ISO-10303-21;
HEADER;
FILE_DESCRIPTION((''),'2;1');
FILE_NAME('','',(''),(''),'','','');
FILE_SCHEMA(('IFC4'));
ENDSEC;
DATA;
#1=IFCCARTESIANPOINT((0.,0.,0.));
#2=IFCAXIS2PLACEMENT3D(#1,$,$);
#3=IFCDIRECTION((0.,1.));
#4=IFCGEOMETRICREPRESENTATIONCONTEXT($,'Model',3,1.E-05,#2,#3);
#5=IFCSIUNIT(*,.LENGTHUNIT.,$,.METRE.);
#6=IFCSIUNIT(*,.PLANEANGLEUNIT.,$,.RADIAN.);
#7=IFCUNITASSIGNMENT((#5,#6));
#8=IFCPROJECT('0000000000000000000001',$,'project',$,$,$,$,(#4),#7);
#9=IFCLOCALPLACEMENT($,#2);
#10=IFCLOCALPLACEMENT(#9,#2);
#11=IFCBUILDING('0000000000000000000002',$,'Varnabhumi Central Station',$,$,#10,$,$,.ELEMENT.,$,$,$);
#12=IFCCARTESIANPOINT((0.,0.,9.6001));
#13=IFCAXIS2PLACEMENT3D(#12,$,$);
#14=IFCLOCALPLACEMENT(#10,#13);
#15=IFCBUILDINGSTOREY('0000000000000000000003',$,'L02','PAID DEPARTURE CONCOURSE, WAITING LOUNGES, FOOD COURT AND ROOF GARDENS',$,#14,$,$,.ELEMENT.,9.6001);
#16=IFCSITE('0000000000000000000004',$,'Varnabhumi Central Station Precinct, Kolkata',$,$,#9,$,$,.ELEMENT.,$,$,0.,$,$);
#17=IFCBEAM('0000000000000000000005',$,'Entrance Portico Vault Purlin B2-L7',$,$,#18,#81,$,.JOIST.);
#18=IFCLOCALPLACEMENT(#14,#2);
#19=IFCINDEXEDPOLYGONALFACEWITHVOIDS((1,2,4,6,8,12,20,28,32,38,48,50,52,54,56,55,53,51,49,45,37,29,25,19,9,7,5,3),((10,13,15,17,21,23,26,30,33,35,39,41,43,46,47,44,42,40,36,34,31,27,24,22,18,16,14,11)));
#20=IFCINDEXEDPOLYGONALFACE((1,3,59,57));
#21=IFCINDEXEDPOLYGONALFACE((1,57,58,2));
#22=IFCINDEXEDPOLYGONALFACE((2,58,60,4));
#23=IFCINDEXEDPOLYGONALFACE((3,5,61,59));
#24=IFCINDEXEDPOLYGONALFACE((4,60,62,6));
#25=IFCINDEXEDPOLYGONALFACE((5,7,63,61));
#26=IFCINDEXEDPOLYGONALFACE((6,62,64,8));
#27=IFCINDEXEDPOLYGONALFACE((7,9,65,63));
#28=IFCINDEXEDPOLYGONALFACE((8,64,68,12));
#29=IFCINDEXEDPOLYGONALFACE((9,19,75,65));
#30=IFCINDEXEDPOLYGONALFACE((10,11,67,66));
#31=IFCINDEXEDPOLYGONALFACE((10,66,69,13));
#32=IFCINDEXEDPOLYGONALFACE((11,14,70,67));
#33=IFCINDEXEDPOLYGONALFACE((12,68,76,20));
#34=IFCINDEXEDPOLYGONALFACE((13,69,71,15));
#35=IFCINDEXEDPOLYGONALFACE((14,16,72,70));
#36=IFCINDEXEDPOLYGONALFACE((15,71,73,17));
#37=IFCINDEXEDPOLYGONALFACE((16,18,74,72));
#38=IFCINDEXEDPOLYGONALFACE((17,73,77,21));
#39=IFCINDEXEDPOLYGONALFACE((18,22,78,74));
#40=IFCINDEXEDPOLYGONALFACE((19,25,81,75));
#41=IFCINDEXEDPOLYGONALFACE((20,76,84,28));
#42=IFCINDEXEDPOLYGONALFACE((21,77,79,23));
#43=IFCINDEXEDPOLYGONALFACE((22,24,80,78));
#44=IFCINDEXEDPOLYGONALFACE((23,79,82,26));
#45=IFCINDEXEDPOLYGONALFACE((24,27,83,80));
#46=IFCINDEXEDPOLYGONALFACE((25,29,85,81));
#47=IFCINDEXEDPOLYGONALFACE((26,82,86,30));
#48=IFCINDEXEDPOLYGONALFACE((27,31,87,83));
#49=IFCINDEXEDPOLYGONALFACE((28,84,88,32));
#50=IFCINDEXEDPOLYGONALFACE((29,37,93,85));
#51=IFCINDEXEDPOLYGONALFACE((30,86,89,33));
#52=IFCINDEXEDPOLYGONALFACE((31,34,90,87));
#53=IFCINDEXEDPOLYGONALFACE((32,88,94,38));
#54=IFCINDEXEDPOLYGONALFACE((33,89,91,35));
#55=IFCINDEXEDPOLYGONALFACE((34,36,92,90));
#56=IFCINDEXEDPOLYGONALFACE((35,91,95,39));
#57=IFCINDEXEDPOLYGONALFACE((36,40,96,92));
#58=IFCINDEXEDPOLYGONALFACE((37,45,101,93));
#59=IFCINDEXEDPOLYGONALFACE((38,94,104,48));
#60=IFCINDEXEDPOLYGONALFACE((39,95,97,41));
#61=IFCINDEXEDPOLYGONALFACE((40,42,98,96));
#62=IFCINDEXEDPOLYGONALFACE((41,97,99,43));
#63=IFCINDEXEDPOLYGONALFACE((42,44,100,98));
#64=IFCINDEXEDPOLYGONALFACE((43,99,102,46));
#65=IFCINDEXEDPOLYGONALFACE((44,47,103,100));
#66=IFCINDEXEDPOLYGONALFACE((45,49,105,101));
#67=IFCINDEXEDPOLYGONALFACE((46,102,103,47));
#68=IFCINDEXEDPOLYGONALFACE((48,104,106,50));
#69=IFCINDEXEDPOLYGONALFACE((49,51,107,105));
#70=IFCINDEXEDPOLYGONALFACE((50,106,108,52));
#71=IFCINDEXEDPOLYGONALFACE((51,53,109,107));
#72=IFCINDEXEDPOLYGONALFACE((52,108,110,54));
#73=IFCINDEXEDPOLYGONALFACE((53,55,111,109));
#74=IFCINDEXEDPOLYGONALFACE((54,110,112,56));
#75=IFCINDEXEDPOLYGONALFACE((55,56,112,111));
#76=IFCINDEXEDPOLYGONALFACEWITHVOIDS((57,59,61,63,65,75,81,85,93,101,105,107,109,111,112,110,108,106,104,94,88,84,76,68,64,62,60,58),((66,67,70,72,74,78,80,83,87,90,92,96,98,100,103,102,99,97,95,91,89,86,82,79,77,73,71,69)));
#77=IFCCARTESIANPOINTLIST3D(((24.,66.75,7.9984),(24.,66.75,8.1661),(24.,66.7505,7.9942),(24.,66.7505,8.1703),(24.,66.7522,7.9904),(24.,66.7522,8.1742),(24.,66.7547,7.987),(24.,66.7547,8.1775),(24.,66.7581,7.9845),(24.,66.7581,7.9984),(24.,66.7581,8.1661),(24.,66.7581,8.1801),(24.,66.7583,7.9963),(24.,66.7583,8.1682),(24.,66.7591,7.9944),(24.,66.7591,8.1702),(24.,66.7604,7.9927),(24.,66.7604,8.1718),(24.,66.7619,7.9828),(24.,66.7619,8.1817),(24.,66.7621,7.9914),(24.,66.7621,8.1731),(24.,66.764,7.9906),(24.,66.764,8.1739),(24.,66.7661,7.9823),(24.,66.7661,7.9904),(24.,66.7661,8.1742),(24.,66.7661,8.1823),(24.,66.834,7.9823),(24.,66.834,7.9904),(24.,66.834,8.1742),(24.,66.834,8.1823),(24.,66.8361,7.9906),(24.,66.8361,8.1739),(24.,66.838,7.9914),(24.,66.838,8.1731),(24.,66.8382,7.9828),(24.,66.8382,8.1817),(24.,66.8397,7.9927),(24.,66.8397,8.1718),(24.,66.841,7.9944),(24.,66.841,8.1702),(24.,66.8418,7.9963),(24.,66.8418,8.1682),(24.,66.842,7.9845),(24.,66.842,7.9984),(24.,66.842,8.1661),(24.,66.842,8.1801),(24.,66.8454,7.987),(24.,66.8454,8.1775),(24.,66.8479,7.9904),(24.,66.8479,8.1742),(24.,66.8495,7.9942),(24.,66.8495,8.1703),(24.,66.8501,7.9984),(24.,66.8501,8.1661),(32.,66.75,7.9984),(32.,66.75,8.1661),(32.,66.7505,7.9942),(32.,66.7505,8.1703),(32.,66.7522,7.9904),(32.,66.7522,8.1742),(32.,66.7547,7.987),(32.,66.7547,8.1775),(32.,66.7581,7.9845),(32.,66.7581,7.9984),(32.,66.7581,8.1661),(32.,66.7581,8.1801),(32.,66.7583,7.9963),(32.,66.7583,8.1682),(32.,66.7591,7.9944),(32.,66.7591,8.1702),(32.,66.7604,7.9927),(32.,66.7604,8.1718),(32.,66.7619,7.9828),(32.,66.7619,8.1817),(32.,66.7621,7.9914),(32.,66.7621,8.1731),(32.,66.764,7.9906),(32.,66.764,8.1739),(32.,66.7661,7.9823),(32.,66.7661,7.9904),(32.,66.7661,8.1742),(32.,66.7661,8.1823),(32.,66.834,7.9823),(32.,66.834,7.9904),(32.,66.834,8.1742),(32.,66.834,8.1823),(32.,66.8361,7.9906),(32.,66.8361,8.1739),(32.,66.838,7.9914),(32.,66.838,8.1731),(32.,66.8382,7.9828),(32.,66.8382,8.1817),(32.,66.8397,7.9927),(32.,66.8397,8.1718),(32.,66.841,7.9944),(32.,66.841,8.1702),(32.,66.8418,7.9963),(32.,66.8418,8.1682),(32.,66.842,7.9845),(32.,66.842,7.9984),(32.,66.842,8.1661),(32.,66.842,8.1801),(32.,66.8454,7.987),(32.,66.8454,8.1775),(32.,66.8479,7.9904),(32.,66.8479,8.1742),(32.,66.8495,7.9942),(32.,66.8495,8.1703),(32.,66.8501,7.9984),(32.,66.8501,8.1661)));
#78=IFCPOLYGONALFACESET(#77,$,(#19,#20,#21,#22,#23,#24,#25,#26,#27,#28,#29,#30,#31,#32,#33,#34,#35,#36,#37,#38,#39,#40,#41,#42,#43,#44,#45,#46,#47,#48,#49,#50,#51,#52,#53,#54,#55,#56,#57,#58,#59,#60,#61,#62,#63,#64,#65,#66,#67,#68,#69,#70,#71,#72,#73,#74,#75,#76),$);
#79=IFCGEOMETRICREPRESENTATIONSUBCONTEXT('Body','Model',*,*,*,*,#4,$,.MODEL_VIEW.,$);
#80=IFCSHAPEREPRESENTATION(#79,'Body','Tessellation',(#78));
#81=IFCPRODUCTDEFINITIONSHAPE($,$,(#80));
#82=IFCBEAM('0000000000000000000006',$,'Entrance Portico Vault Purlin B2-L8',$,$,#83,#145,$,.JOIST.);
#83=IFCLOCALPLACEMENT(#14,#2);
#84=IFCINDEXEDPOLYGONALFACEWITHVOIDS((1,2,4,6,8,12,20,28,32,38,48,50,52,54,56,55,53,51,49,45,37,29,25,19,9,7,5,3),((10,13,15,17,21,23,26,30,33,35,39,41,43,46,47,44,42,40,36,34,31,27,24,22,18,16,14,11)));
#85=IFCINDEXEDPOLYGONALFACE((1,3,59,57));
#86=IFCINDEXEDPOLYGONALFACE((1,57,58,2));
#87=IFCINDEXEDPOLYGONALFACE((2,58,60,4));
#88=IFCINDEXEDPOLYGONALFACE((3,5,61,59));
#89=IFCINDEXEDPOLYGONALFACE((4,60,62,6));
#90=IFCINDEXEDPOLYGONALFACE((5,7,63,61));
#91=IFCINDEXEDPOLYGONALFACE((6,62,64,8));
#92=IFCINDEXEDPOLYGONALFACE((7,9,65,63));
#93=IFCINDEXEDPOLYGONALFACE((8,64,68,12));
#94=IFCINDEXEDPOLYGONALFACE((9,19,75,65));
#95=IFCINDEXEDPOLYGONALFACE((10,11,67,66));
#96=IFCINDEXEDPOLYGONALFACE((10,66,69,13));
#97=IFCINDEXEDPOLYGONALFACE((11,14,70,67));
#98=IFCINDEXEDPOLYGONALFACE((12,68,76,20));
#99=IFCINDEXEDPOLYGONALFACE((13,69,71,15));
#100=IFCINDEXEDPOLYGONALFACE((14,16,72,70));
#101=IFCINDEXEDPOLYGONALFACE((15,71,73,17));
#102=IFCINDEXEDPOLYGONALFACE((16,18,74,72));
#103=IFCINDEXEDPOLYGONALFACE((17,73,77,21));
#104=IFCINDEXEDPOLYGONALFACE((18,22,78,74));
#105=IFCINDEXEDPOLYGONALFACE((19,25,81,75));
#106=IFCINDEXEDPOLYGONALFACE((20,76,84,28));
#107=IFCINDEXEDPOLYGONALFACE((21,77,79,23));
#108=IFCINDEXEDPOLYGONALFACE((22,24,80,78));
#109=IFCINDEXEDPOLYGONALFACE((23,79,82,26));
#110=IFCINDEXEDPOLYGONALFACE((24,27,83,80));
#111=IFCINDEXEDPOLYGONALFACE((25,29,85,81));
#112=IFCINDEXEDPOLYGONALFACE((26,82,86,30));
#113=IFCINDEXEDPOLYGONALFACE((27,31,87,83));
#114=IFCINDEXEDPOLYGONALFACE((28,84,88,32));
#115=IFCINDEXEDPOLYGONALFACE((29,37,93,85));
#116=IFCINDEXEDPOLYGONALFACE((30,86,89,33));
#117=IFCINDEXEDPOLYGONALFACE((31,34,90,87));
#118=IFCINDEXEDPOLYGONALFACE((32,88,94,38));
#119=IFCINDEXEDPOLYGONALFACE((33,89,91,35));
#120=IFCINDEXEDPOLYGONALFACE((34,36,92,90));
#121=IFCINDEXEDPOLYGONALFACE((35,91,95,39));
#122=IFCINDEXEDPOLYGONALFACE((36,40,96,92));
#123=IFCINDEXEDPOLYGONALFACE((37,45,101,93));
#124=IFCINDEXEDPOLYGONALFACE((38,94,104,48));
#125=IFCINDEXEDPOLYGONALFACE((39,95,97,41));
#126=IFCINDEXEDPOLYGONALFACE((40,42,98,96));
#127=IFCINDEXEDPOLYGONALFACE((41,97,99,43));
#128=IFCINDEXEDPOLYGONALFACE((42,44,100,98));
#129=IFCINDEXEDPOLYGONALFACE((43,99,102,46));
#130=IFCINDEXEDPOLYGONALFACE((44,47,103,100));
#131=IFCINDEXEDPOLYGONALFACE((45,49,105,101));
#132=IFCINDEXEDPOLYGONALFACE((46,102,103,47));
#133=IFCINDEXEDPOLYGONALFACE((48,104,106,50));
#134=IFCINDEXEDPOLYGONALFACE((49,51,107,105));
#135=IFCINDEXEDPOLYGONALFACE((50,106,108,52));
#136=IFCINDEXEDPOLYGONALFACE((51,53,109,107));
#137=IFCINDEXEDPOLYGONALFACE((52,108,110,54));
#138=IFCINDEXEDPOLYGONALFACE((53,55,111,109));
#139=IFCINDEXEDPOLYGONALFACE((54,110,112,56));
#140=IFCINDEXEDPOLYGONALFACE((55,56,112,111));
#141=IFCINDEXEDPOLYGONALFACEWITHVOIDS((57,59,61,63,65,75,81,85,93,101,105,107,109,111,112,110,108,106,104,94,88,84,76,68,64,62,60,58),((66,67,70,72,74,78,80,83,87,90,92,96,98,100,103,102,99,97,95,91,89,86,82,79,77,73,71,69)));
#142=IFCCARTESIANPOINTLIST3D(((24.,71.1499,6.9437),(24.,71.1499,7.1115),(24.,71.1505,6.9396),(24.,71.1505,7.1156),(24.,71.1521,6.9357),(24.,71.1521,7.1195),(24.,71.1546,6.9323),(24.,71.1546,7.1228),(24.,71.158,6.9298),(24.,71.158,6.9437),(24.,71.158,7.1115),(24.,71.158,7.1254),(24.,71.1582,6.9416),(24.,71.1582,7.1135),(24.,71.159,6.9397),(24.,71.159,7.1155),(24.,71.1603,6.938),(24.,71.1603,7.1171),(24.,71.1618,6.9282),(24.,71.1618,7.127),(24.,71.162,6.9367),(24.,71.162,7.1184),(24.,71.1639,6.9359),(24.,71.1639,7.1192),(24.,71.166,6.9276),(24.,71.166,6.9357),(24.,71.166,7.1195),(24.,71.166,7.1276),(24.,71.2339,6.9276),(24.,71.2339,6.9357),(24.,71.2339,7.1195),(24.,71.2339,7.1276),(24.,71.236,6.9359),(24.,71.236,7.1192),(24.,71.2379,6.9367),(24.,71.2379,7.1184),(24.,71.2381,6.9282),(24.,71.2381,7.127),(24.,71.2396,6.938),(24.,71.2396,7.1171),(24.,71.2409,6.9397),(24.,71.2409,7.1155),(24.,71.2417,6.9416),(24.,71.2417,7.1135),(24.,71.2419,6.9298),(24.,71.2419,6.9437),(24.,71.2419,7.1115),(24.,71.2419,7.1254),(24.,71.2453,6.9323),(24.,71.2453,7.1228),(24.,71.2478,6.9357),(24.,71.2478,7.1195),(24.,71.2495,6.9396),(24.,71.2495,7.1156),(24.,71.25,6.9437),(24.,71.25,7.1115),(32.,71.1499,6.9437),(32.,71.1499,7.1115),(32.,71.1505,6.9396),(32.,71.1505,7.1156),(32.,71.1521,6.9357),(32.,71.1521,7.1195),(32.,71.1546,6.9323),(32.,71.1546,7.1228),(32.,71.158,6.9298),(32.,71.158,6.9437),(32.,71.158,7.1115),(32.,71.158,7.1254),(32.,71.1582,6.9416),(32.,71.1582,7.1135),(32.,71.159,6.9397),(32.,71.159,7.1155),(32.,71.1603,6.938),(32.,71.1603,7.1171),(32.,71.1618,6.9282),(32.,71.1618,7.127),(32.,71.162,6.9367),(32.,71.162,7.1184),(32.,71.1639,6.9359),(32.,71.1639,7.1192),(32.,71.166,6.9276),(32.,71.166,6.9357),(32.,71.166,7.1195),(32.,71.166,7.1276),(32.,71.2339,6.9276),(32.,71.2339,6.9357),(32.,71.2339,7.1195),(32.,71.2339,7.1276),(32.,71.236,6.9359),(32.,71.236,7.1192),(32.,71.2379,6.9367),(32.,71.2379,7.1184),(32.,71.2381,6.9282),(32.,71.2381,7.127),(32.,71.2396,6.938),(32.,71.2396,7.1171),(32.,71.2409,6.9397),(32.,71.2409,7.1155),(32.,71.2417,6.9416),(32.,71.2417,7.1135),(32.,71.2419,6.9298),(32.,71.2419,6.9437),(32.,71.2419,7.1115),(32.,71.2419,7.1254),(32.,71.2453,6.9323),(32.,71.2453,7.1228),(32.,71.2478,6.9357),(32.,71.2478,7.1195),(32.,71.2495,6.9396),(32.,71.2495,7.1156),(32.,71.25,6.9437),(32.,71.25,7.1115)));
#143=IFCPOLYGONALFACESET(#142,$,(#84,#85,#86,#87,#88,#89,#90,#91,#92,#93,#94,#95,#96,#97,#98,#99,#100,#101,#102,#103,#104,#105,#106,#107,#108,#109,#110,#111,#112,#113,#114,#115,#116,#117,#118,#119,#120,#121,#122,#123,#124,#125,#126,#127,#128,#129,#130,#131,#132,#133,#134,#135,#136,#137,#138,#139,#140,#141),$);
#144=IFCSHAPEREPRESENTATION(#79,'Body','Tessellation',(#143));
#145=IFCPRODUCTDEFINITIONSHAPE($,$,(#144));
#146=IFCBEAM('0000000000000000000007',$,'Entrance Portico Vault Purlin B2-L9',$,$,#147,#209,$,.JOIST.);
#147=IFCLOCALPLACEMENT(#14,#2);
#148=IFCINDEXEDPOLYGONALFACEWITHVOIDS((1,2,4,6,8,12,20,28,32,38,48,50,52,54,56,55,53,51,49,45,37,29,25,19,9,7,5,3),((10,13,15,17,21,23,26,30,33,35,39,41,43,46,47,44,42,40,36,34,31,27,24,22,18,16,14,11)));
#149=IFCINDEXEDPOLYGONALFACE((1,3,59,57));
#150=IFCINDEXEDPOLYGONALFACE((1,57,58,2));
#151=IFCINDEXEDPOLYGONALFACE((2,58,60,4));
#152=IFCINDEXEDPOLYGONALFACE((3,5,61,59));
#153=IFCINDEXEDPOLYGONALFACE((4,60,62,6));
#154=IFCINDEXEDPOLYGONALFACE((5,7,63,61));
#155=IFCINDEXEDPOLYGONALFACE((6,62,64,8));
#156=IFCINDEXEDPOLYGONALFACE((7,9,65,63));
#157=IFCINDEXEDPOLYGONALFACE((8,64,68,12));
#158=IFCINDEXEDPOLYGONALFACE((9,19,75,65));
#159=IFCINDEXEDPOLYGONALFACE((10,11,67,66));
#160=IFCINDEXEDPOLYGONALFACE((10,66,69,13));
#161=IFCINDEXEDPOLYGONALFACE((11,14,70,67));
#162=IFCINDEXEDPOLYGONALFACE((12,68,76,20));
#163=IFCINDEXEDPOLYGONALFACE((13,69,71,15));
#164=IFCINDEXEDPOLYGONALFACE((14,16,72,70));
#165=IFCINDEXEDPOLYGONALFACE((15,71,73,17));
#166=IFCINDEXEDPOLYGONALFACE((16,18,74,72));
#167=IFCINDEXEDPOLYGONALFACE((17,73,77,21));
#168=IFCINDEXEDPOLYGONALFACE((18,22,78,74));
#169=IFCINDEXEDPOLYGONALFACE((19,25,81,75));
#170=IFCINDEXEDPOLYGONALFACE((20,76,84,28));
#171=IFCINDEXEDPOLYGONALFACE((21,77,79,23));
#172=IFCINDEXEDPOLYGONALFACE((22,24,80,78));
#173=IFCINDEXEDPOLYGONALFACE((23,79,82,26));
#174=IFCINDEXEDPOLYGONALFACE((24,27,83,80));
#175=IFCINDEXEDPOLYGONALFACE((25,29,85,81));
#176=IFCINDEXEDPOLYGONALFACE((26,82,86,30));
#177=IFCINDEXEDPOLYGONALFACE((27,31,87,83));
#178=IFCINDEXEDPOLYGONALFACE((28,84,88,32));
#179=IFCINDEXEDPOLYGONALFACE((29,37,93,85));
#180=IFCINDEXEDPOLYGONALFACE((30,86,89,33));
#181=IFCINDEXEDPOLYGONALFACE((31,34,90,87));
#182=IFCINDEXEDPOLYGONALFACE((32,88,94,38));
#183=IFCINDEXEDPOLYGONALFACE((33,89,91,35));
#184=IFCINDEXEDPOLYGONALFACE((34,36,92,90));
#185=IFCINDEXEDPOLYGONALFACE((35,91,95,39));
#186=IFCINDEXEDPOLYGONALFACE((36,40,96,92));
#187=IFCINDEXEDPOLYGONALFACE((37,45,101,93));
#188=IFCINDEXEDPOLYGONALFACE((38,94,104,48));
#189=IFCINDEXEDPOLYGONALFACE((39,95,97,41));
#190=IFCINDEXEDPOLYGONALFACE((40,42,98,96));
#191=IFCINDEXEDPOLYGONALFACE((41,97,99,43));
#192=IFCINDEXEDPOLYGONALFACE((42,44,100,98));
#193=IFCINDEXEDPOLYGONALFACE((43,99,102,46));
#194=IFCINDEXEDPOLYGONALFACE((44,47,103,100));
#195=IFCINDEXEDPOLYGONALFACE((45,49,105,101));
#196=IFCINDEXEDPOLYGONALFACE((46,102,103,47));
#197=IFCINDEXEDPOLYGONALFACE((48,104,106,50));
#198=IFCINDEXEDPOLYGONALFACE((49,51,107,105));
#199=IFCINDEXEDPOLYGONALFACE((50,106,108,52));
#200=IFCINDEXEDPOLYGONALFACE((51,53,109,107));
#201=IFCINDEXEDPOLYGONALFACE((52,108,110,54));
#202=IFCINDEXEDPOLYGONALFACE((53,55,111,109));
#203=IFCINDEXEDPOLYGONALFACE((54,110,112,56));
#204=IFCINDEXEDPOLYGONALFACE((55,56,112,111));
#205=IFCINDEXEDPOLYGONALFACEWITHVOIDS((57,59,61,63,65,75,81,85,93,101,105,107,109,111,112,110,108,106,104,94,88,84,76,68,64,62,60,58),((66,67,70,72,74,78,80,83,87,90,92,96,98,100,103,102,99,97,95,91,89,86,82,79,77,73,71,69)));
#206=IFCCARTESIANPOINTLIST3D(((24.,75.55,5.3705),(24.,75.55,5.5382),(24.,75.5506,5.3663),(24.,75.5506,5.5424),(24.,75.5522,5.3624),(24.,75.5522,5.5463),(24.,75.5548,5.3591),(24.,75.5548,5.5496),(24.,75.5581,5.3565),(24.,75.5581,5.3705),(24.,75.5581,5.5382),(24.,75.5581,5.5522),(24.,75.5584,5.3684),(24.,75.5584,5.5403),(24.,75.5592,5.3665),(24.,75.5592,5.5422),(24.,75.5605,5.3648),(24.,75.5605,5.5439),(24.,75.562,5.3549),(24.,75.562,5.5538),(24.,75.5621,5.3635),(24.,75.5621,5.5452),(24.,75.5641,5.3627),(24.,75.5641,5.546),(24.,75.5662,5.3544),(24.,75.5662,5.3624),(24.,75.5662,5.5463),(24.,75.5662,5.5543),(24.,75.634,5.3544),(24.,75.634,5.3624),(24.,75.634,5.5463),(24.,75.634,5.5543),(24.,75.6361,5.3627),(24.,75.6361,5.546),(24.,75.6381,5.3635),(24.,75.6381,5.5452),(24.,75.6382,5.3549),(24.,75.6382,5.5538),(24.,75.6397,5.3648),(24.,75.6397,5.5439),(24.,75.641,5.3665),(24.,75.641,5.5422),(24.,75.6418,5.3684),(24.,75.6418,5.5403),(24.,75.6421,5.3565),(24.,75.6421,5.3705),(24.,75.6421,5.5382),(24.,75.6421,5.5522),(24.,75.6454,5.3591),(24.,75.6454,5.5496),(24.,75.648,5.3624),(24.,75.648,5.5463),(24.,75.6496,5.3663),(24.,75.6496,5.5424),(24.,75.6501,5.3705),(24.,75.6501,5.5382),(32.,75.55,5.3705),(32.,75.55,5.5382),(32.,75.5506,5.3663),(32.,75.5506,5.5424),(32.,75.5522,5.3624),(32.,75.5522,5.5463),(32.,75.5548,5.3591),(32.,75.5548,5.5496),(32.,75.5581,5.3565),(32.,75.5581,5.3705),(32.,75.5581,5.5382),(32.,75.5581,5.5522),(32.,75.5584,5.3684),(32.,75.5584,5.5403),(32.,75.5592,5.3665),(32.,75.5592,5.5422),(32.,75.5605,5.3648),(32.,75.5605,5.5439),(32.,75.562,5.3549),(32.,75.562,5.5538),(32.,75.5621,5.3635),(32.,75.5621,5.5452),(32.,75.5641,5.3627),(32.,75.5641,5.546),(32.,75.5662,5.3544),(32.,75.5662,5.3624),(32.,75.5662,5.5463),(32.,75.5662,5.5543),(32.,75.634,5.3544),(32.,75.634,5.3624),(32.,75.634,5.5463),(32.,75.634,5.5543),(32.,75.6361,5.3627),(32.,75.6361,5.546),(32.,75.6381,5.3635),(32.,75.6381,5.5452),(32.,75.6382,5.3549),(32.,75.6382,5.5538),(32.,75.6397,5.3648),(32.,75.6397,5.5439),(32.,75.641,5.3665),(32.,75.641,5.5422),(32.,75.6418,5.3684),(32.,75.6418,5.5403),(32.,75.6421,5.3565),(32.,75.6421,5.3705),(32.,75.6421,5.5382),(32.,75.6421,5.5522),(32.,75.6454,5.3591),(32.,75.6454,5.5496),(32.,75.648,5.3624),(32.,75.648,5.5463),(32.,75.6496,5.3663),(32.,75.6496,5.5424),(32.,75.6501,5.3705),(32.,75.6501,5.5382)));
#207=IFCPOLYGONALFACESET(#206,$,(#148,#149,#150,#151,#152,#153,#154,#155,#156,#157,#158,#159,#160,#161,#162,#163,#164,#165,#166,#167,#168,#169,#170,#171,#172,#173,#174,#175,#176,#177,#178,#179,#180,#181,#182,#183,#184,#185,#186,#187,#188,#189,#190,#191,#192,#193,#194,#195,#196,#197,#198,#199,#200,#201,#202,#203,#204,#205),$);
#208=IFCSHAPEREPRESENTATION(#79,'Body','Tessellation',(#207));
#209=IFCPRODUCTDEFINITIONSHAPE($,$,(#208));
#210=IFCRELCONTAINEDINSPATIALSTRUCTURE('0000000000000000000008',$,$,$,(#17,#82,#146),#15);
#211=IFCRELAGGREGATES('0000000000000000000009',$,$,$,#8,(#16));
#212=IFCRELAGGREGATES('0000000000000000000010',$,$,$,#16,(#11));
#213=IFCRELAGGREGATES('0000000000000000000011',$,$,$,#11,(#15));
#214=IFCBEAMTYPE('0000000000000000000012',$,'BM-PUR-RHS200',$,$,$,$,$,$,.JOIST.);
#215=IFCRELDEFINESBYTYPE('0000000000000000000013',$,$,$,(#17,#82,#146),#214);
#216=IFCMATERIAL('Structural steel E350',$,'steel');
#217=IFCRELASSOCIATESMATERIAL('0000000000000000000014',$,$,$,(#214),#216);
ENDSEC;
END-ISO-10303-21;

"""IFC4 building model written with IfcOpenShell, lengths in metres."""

from ifc_helpers import new_model, si_unit, direction, frame, origin, origin_2d, place, context, subcontext, project, spatial, hollow_rectangle, extrude, material, material_profile, profile_set, type_object, element, save


model = new_model("IFC4")

# Units and contexts
model_context = context("Model", 3, precision=1e-05, world=origin(), true_north=direction((0.0, 1.0)))
body_context = subcontext(model_context, "Body", "Model", "MODEL_VIEW")
ifc_project = project(units=[si_unit("LENGTHUNIT", "METRE"), si_unit("PLANEANGLEUNIT", "RADIAN")], contexts=[model_context])

# Site, building, storey
site_placement = place(None, origin())
site = spatial("IfcSite", under=ifc_project, at=site_placement, Name="Varnabhumi Central Station Precinct, Kolkata", CompositionType="ELEMENT", RefElevation=0.0)
building_placement = place(site_placement, origin())
building = spatial("IfcBuilding", under=site, at=building_placement, Name="Varnabhumi Central Station", CompositionType="ELEMENT")
storey_placement = place(building_placement, frame((0.0, 0.0, 9.6001)))
storey = spatial("IfcBuildingStorey", under=building, at=storey_placement, Name="L02", Description="PAID DEPARTURE CONCOURSE, WAITING LOUNGES, FOOD COURT AND ROOF GARDENS", CompositionType="ELEMENT", Elevation=9.6001)

# Beams
ifc_material_1 = material(Name="Structural steel E350", Category="steel")
ifc_material_profile_1 = material_profile(ifc_material_1, hollow_rectangle(XDim=0.1001, YDim=0.2, WallThickness=0.0081, InnerFilletRadius=0.0081, OuterFilletRadius=0.0161, at=origin_2d()), Name="Structural steel E350", Category="steel")
ifc_profile_set_1 = profile_set([ifc_material_profile_1], Name="Structural steel E350")
beam_type_1 = type_object("IfcBeamType", Name="BM-PUR-RHS200", PredefinedType="JOIST", material=ifc_profile_set_1)
for number, where, z_axis, x_axis, name in (
    (1, (24.0, 66.8, 8.0823), (1.0, 0.0, 0.0), (0.0, 1.0, 0.0), "Entrance Portico Vault Purlin B2-L7"),
    (2, (24.0, 71.2, 7.0276), (1.0, 0.0, 0.0), (0.0, 1.0, 0.0), "Entrance Portico Vault Purlin B2-L8"),
    (3, (24.0, 75.6001, 5.4543), (1.0, 0.0, 0.0), (0.0, 1.0, 0.0), "Entrance Portico Vault Purlin B2-L9"),
):
    element("IfcBeam", number, at=place(storey_placement, frame(where, z_axis=z_axis, x_axis=x_axis)), inside=storey, type_object=beam_type_1, Name=name, PredefinedType="JOIST", context=body_context, shape_type="SweptSolid", body=[
        extrude(hollow_rectangle(XDim=0.1001, YDim=0.2, WallThickness=0.0081, InnerFilletRadius=0.0081, OuterFilletRadius=0.0161, at=origin_2d()), origin(), (0.0, 0.0, 1.0), 8.0),
    ])

save(model, "model.ifc")
